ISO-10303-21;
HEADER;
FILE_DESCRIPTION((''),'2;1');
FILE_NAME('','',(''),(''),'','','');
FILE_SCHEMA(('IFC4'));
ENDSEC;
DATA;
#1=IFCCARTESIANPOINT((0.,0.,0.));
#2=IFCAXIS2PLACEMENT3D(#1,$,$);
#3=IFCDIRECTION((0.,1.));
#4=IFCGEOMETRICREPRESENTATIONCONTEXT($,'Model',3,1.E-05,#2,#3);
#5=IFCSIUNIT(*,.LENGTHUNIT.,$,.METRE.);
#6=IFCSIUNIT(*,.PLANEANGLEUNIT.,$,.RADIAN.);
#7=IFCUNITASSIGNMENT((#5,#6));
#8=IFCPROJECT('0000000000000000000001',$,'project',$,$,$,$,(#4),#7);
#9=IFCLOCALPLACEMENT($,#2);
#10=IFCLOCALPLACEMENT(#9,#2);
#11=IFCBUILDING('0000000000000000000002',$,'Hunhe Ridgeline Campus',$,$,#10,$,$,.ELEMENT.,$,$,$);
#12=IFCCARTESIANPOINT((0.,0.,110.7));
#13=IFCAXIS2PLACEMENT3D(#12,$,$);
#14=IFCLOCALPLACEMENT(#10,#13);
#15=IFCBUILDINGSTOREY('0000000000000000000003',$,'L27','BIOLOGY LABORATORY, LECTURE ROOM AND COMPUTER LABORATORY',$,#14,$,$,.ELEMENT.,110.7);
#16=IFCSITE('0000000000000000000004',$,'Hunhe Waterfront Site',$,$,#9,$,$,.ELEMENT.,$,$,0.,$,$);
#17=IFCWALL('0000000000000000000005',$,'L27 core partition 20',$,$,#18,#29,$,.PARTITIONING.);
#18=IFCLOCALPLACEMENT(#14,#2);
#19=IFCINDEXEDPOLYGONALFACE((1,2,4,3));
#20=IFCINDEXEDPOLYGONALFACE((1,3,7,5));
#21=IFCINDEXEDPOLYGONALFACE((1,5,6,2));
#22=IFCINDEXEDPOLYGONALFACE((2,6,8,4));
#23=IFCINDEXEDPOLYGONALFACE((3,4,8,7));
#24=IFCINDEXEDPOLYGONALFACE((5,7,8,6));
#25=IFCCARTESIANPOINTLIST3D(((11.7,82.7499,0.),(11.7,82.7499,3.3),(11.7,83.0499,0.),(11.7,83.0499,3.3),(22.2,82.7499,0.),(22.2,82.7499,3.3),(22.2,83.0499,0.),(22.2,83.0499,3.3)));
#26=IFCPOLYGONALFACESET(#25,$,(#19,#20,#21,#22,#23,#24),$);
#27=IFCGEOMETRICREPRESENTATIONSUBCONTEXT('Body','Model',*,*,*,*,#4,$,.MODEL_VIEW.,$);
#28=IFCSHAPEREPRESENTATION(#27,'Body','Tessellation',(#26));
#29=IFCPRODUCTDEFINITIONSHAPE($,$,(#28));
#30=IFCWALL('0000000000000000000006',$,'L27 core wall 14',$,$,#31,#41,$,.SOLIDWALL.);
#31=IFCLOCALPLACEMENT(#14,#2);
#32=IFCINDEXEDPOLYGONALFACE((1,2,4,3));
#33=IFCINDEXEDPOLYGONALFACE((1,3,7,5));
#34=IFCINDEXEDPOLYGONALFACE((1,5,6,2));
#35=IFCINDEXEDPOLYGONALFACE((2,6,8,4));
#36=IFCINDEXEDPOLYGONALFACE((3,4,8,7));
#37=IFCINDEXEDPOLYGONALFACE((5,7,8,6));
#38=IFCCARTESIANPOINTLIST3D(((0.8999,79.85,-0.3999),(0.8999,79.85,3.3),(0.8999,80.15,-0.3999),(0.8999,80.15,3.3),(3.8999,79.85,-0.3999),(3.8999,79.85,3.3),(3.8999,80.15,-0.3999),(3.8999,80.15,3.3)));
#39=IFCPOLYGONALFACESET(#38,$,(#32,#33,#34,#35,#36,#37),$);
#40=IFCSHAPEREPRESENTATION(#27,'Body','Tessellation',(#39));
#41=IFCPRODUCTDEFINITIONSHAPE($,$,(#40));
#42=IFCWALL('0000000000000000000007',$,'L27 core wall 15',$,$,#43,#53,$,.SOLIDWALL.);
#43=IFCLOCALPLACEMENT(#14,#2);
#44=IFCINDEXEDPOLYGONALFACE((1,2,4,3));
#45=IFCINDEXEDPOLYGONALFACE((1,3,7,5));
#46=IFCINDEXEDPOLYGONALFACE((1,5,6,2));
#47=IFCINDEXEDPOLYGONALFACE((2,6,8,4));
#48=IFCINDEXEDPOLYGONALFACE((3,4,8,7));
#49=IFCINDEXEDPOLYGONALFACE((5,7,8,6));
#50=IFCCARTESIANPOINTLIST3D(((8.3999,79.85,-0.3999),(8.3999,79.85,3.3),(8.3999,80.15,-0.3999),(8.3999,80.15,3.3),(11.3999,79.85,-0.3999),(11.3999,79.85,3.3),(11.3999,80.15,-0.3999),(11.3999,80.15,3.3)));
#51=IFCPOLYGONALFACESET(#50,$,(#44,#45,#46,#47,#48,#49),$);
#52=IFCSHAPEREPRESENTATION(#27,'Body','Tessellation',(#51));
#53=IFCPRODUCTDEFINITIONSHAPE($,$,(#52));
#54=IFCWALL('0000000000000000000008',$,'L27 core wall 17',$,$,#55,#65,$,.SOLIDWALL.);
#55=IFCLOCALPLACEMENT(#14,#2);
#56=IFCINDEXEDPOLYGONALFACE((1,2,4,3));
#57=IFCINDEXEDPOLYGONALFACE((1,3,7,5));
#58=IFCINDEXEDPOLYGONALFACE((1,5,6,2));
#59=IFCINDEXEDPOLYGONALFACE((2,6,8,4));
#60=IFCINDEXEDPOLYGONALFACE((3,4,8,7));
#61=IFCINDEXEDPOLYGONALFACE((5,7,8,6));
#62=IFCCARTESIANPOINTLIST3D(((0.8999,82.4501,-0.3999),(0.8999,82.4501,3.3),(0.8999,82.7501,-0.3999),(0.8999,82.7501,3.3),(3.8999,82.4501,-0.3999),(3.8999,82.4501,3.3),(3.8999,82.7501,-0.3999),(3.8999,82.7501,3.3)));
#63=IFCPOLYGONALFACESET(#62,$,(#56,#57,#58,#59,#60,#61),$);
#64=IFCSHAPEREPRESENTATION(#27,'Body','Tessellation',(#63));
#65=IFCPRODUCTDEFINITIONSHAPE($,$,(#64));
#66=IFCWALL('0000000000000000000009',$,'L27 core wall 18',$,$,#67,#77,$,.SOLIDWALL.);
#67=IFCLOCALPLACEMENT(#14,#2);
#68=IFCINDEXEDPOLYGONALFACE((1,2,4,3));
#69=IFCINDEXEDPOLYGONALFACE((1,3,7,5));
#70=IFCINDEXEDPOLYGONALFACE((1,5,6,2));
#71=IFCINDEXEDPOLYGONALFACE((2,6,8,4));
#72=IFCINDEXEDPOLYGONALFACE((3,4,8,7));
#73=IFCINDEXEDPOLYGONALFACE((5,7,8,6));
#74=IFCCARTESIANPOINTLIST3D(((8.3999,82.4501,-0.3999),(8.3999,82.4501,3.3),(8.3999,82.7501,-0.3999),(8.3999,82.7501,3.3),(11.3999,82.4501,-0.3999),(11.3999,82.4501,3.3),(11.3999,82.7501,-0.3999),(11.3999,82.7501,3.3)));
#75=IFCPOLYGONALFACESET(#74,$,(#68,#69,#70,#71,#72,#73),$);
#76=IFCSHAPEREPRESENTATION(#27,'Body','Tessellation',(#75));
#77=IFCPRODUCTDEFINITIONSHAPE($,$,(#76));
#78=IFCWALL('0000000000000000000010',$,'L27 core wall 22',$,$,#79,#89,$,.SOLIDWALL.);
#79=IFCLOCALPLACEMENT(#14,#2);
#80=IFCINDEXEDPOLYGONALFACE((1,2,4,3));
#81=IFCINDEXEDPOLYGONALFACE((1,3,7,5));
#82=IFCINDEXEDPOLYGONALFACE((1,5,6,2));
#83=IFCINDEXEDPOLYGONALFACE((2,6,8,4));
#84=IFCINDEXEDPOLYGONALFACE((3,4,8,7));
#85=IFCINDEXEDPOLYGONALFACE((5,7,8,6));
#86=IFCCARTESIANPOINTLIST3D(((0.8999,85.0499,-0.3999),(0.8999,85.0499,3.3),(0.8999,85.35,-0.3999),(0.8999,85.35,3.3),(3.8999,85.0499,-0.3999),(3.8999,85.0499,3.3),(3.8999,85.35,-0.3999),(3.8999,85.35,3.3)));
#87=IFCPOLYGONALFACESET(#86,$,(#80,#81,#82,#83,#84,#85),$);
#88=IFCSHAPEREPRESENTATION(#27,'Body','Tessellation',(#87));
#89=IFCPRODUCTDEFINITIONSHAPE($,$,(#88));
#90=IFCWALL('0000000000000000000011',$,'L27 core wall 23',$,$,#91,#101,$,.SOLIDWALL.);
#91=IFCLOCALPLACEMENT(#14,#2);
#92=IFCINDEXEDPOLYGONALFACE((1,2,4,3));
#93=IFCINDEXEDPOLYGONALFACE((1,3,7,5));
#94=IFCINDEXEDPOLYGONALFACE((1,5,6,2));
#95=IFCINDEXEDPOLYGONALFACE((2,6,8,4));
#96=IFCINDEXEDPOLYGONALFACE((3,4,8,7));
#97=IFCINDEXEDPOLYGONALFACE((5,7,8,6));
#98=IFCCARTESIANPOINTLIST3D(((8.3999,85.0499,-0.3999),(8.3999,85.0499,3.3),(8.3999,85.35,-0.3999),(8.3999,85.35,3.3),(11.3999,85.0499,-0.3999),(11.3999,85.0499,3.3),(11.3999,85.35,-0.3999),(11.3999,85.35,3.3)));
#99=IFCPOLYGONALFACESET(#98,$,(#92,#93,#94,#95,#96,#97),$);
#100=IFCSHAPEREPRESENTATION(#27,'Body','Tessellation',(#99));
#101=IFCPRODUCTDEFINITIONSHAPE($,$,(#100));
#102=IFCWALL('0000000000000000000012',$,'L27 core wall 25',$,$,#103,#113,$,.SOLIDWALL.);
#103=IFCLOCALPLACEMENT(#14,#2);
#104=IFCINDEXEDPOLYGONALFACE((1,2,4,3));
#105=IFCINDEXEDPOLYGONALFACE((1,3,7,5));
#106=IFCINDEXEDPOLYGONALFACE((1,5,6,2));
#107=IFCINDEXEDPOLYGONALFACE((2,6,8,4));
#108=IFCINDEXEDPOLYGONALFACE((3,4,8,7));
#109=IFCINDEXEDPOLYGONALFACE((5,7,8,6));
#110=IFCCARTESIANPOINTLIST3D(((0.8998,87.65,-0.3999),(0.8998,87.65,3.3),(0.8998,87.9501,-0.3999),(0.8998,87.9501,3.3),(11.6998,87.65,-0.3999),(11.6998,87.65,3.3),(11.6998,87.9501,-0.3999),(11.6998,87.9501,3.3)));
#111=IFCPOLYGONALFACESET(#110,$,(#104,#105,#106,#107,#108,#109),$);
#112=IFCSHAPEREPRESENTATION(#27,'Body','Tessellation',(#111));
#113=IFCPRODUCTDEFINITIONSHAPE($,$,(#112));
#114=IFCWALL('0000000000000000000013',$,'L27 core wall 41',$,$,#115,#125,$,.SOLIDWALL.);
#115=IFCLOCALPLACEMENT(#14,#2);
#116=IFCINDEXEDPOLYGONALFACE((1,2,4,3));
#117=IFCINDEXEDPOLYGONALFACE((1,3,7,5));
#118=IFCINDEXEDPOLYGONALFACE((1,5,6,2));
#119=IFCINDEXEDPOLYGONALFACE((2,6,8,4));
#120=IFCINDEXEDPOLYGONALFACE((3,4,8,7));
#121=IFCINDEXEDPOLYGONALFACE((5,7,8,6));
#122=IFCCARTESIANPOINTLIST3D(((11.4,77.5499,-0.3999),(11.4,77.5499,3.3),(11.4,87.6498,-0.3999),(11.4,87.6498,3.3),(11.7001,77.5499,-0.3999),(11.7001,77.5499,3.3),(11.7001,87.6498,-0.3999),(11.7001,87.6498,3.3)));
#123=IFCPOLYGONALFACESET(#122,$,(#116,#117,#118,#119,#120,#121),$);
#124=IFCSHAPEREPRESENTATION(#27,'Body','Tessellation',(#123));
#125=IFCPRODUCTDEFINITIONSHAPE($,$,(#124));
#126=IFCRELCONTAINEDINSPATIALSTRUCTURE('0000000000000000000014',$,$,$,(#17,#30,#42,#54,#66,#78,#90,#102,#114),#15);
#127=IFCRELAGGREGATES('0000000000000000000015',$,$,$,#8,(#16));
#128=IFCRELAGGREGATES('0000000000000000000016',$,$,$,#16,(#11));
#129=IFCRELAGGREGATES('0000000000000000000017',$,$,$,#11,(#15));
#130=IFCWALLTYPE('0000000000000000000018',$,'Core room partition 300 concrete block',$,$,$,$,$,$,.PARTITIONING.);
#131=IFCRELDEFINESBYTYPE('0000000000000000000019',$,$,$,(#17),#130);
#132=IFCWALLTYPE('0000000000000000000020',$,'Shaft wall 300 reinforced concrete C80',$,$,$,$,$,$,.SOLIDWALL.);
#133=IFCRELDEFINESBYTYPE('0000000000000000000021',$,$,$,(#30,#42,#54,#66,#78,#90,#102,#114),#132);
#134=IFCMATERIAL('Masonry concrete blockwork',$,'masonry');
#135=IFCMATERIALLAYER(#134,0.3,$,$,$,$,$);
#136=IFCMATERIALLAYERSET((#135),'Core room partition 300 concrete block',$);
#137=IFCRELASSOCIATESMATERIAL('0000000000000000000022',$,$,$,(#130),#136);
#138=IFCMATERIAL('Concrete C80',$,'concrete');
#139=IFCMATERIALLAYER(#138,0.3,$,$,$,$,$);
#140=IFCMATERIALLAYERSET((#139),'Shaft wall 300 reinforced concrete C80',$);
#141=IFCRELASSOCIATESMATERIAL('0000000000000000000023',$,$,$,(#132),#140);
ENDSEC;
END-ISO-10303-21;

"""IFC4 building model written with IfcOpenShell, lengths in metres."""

from ifc_helpers import new_model, si_unit, direction, frame, frame_2d, origin, place, context, subcontext, project, spatial, rectangle, extrude, material, layer, layer_set, type_object, element, save


model = new_model("IFC4")

# Units and contexts
model_context = context("Model", 3, precision=1e-05, world=origin(), true_north=direction((0.0, 1.0)))
body_context = subcontext(model_context, "Body", "Model", "MODEL_VIEW")
ifc_project = project(units=[si_unit("LENGTHUNIT", "METRE"), si_unit("PLANEANGLEUNIT", "RADIAN")], contexts=[model_context])

# Site, building, storey
site_placement = place(None, origin())
site = spatial("IfcSite", under=ifc_project, at=site_placement, Name="Hunhe Waterfront Site", CompositionType="ELEMENT", RefElevation=0.0)
building_placement = place(site_placement, origin())
building = spatial("IfcBuilding", under=site, at=building_placement, Name="Hunhe Ridgeline Campus", CompositionType="ELEMENT")
storey_placement = place(building_placement, frame((0.0, 0.0, 110.7)))
storey = spatial("IfcBuildingStorey", under=building, at=storey_placement, Name="L27", Description="BIOLOGY LABORATORY, LECTURE ROOM AND COMPUTER LABORATORY", CompositionType="ELEMENT", Elevation=110.7)

# Wall
ifc_material_1 = material(Name="Masonry concrete blockwork", Category="masonry")
ifc_layer_1 = layer(ifc_material_1, 0.3)
ifc_layer_set_1 = layer_set([ifc_layer_1], Name="Core room partition 300 concrete block")
wall_type_1 = type_object("IfcWallType", Name="Core room partition 300 concrete block", PredefinedType="PARTITIONING", material=ifc_layer_set_1)
wall_1_placement = place(storey_placement, frame((11.7, 82.8999, 0.0), z_axis=(0.0, 0.0, 1.0), x_axis=(1.0, 0.0, 0.0)))
element("IfcWall", 1, at=wall_1_placement, inside=storey, type_object=wall_type_1, Name="L27 core partition 20", PredefinedType="PARTITIONING", context=body_context, shape_type="SweptSolid", body=[
    extrude(rectangle(XDim=10.5, YDim=0.3, at=frame_2d((5.25, 0.0))), origin(), (0.0, 0.0, 1.0), 3.3),
])

# Shared definitions
ifc_material_2 = material(Name="Concrete C80", Category="concrete")
ifc_layer_2 = layer(ifc_material_2, 0.3)
ifc_layer_set_2 = layer_set([ifc_layer_2], Name="Shaft wall 300 reinforced concrete C80")
wall_type_2 = type_object("IfcWallType", Name="Shaft wall 300 reinforced concrete C80", PredefinedType="SOLIDWALL", material=ifc_layer_set_2)

# Walls
for number, where, z_axis, x_axis, name in (
    (2, (0.8999, 80.0, -0.3999), (0.0, 0.0, 1.0), (1.0, 0.0, 0.0), "L27 core wall 14"),
    (3, (8.3999, 80.0, -0.3999), (0.0, 0.0, 1.0), (1.0, 0.0, 0.0), "L27 core wall 15"),
    (4, (0.8999, 82.6001, -0.3999), (0.0, 0.0, 1.0), (1.0, 0.0, 0.0), "L27 core wall 17"),
    (5, (8.3999, 82.6001, -0.3999), (0.0, 0.0, 1.0), (1.0, 0.0, 0.0), "L27 core wall 18"),
    (6, (0.8999, 85.2, -0.3999), (0.0, 0.0, 1.0), (1.0, 0.0, 0.0), "L27 core wall 22"),
    (7, (8.3999, 85.2, -0.3999), (0.0, 0.0, 1.0), (1.0, 0.0, 0.0), "L27 core wall 23"),
):
    element("IfcWall", number, at=place(storey_placement, frame(where, z_axis=z_axis, x_axis=x_axis)), inside=storey, type_object=wall_type_2, Name=name, PredefinedType="SOLIDWALL", context=body_context, shape_type="SweptSolid", body=[
        extrude(rectangle(XDim=3.0, YDim=0.3, at=frame_2d((1.5, 0.0))), origin(), (0.0, 0.0, 1.0), 3.7),
    ])
wall_2_placement = place(storey_placement, frame((0.8999, 87.8, -0.3999), z_axis=(0.0, 0.0, 1.0), x_axis=(1.0, 0.0, 0.0)))
element("IfcWall", 8, at=wall_2_placement, inside=storey, type_object=wall_type_2, Name="L27 core wall 25", PredefinedType="SOLIDWALL", context=body_context, shape_type="SweptSolid", body=[
    extrude(rectangle(XDim=10.8, YDim=0.3, at=frame_2d((5.3999, 0.0))), origin(), (0.0, 0.0, 1.0), 3.7),
])

# Wall
wall_3_placement = place(storey_placement, frame((11.55, 77.55, -0.3999), z_axis=(0.0, 0.0, 1.0), x_axis=(0.0, 1.0, 0.0)))
element("IfcWall", 9, at=wall_3_placement, inside=storey, type_object=wall_type_2, Name="L27 core wall 41", PredefinedType="SOLIDWALL", context=body_context, shape_type="SweptSolid", body=[
    extrude(rectangle(XDim=10.0999, YDim=0.3, at=frame_2d((5.0498, 0.0))), origin(), (0.0, 0.0, 1.0), 3.7),
])

save(model, "model.ifc")
